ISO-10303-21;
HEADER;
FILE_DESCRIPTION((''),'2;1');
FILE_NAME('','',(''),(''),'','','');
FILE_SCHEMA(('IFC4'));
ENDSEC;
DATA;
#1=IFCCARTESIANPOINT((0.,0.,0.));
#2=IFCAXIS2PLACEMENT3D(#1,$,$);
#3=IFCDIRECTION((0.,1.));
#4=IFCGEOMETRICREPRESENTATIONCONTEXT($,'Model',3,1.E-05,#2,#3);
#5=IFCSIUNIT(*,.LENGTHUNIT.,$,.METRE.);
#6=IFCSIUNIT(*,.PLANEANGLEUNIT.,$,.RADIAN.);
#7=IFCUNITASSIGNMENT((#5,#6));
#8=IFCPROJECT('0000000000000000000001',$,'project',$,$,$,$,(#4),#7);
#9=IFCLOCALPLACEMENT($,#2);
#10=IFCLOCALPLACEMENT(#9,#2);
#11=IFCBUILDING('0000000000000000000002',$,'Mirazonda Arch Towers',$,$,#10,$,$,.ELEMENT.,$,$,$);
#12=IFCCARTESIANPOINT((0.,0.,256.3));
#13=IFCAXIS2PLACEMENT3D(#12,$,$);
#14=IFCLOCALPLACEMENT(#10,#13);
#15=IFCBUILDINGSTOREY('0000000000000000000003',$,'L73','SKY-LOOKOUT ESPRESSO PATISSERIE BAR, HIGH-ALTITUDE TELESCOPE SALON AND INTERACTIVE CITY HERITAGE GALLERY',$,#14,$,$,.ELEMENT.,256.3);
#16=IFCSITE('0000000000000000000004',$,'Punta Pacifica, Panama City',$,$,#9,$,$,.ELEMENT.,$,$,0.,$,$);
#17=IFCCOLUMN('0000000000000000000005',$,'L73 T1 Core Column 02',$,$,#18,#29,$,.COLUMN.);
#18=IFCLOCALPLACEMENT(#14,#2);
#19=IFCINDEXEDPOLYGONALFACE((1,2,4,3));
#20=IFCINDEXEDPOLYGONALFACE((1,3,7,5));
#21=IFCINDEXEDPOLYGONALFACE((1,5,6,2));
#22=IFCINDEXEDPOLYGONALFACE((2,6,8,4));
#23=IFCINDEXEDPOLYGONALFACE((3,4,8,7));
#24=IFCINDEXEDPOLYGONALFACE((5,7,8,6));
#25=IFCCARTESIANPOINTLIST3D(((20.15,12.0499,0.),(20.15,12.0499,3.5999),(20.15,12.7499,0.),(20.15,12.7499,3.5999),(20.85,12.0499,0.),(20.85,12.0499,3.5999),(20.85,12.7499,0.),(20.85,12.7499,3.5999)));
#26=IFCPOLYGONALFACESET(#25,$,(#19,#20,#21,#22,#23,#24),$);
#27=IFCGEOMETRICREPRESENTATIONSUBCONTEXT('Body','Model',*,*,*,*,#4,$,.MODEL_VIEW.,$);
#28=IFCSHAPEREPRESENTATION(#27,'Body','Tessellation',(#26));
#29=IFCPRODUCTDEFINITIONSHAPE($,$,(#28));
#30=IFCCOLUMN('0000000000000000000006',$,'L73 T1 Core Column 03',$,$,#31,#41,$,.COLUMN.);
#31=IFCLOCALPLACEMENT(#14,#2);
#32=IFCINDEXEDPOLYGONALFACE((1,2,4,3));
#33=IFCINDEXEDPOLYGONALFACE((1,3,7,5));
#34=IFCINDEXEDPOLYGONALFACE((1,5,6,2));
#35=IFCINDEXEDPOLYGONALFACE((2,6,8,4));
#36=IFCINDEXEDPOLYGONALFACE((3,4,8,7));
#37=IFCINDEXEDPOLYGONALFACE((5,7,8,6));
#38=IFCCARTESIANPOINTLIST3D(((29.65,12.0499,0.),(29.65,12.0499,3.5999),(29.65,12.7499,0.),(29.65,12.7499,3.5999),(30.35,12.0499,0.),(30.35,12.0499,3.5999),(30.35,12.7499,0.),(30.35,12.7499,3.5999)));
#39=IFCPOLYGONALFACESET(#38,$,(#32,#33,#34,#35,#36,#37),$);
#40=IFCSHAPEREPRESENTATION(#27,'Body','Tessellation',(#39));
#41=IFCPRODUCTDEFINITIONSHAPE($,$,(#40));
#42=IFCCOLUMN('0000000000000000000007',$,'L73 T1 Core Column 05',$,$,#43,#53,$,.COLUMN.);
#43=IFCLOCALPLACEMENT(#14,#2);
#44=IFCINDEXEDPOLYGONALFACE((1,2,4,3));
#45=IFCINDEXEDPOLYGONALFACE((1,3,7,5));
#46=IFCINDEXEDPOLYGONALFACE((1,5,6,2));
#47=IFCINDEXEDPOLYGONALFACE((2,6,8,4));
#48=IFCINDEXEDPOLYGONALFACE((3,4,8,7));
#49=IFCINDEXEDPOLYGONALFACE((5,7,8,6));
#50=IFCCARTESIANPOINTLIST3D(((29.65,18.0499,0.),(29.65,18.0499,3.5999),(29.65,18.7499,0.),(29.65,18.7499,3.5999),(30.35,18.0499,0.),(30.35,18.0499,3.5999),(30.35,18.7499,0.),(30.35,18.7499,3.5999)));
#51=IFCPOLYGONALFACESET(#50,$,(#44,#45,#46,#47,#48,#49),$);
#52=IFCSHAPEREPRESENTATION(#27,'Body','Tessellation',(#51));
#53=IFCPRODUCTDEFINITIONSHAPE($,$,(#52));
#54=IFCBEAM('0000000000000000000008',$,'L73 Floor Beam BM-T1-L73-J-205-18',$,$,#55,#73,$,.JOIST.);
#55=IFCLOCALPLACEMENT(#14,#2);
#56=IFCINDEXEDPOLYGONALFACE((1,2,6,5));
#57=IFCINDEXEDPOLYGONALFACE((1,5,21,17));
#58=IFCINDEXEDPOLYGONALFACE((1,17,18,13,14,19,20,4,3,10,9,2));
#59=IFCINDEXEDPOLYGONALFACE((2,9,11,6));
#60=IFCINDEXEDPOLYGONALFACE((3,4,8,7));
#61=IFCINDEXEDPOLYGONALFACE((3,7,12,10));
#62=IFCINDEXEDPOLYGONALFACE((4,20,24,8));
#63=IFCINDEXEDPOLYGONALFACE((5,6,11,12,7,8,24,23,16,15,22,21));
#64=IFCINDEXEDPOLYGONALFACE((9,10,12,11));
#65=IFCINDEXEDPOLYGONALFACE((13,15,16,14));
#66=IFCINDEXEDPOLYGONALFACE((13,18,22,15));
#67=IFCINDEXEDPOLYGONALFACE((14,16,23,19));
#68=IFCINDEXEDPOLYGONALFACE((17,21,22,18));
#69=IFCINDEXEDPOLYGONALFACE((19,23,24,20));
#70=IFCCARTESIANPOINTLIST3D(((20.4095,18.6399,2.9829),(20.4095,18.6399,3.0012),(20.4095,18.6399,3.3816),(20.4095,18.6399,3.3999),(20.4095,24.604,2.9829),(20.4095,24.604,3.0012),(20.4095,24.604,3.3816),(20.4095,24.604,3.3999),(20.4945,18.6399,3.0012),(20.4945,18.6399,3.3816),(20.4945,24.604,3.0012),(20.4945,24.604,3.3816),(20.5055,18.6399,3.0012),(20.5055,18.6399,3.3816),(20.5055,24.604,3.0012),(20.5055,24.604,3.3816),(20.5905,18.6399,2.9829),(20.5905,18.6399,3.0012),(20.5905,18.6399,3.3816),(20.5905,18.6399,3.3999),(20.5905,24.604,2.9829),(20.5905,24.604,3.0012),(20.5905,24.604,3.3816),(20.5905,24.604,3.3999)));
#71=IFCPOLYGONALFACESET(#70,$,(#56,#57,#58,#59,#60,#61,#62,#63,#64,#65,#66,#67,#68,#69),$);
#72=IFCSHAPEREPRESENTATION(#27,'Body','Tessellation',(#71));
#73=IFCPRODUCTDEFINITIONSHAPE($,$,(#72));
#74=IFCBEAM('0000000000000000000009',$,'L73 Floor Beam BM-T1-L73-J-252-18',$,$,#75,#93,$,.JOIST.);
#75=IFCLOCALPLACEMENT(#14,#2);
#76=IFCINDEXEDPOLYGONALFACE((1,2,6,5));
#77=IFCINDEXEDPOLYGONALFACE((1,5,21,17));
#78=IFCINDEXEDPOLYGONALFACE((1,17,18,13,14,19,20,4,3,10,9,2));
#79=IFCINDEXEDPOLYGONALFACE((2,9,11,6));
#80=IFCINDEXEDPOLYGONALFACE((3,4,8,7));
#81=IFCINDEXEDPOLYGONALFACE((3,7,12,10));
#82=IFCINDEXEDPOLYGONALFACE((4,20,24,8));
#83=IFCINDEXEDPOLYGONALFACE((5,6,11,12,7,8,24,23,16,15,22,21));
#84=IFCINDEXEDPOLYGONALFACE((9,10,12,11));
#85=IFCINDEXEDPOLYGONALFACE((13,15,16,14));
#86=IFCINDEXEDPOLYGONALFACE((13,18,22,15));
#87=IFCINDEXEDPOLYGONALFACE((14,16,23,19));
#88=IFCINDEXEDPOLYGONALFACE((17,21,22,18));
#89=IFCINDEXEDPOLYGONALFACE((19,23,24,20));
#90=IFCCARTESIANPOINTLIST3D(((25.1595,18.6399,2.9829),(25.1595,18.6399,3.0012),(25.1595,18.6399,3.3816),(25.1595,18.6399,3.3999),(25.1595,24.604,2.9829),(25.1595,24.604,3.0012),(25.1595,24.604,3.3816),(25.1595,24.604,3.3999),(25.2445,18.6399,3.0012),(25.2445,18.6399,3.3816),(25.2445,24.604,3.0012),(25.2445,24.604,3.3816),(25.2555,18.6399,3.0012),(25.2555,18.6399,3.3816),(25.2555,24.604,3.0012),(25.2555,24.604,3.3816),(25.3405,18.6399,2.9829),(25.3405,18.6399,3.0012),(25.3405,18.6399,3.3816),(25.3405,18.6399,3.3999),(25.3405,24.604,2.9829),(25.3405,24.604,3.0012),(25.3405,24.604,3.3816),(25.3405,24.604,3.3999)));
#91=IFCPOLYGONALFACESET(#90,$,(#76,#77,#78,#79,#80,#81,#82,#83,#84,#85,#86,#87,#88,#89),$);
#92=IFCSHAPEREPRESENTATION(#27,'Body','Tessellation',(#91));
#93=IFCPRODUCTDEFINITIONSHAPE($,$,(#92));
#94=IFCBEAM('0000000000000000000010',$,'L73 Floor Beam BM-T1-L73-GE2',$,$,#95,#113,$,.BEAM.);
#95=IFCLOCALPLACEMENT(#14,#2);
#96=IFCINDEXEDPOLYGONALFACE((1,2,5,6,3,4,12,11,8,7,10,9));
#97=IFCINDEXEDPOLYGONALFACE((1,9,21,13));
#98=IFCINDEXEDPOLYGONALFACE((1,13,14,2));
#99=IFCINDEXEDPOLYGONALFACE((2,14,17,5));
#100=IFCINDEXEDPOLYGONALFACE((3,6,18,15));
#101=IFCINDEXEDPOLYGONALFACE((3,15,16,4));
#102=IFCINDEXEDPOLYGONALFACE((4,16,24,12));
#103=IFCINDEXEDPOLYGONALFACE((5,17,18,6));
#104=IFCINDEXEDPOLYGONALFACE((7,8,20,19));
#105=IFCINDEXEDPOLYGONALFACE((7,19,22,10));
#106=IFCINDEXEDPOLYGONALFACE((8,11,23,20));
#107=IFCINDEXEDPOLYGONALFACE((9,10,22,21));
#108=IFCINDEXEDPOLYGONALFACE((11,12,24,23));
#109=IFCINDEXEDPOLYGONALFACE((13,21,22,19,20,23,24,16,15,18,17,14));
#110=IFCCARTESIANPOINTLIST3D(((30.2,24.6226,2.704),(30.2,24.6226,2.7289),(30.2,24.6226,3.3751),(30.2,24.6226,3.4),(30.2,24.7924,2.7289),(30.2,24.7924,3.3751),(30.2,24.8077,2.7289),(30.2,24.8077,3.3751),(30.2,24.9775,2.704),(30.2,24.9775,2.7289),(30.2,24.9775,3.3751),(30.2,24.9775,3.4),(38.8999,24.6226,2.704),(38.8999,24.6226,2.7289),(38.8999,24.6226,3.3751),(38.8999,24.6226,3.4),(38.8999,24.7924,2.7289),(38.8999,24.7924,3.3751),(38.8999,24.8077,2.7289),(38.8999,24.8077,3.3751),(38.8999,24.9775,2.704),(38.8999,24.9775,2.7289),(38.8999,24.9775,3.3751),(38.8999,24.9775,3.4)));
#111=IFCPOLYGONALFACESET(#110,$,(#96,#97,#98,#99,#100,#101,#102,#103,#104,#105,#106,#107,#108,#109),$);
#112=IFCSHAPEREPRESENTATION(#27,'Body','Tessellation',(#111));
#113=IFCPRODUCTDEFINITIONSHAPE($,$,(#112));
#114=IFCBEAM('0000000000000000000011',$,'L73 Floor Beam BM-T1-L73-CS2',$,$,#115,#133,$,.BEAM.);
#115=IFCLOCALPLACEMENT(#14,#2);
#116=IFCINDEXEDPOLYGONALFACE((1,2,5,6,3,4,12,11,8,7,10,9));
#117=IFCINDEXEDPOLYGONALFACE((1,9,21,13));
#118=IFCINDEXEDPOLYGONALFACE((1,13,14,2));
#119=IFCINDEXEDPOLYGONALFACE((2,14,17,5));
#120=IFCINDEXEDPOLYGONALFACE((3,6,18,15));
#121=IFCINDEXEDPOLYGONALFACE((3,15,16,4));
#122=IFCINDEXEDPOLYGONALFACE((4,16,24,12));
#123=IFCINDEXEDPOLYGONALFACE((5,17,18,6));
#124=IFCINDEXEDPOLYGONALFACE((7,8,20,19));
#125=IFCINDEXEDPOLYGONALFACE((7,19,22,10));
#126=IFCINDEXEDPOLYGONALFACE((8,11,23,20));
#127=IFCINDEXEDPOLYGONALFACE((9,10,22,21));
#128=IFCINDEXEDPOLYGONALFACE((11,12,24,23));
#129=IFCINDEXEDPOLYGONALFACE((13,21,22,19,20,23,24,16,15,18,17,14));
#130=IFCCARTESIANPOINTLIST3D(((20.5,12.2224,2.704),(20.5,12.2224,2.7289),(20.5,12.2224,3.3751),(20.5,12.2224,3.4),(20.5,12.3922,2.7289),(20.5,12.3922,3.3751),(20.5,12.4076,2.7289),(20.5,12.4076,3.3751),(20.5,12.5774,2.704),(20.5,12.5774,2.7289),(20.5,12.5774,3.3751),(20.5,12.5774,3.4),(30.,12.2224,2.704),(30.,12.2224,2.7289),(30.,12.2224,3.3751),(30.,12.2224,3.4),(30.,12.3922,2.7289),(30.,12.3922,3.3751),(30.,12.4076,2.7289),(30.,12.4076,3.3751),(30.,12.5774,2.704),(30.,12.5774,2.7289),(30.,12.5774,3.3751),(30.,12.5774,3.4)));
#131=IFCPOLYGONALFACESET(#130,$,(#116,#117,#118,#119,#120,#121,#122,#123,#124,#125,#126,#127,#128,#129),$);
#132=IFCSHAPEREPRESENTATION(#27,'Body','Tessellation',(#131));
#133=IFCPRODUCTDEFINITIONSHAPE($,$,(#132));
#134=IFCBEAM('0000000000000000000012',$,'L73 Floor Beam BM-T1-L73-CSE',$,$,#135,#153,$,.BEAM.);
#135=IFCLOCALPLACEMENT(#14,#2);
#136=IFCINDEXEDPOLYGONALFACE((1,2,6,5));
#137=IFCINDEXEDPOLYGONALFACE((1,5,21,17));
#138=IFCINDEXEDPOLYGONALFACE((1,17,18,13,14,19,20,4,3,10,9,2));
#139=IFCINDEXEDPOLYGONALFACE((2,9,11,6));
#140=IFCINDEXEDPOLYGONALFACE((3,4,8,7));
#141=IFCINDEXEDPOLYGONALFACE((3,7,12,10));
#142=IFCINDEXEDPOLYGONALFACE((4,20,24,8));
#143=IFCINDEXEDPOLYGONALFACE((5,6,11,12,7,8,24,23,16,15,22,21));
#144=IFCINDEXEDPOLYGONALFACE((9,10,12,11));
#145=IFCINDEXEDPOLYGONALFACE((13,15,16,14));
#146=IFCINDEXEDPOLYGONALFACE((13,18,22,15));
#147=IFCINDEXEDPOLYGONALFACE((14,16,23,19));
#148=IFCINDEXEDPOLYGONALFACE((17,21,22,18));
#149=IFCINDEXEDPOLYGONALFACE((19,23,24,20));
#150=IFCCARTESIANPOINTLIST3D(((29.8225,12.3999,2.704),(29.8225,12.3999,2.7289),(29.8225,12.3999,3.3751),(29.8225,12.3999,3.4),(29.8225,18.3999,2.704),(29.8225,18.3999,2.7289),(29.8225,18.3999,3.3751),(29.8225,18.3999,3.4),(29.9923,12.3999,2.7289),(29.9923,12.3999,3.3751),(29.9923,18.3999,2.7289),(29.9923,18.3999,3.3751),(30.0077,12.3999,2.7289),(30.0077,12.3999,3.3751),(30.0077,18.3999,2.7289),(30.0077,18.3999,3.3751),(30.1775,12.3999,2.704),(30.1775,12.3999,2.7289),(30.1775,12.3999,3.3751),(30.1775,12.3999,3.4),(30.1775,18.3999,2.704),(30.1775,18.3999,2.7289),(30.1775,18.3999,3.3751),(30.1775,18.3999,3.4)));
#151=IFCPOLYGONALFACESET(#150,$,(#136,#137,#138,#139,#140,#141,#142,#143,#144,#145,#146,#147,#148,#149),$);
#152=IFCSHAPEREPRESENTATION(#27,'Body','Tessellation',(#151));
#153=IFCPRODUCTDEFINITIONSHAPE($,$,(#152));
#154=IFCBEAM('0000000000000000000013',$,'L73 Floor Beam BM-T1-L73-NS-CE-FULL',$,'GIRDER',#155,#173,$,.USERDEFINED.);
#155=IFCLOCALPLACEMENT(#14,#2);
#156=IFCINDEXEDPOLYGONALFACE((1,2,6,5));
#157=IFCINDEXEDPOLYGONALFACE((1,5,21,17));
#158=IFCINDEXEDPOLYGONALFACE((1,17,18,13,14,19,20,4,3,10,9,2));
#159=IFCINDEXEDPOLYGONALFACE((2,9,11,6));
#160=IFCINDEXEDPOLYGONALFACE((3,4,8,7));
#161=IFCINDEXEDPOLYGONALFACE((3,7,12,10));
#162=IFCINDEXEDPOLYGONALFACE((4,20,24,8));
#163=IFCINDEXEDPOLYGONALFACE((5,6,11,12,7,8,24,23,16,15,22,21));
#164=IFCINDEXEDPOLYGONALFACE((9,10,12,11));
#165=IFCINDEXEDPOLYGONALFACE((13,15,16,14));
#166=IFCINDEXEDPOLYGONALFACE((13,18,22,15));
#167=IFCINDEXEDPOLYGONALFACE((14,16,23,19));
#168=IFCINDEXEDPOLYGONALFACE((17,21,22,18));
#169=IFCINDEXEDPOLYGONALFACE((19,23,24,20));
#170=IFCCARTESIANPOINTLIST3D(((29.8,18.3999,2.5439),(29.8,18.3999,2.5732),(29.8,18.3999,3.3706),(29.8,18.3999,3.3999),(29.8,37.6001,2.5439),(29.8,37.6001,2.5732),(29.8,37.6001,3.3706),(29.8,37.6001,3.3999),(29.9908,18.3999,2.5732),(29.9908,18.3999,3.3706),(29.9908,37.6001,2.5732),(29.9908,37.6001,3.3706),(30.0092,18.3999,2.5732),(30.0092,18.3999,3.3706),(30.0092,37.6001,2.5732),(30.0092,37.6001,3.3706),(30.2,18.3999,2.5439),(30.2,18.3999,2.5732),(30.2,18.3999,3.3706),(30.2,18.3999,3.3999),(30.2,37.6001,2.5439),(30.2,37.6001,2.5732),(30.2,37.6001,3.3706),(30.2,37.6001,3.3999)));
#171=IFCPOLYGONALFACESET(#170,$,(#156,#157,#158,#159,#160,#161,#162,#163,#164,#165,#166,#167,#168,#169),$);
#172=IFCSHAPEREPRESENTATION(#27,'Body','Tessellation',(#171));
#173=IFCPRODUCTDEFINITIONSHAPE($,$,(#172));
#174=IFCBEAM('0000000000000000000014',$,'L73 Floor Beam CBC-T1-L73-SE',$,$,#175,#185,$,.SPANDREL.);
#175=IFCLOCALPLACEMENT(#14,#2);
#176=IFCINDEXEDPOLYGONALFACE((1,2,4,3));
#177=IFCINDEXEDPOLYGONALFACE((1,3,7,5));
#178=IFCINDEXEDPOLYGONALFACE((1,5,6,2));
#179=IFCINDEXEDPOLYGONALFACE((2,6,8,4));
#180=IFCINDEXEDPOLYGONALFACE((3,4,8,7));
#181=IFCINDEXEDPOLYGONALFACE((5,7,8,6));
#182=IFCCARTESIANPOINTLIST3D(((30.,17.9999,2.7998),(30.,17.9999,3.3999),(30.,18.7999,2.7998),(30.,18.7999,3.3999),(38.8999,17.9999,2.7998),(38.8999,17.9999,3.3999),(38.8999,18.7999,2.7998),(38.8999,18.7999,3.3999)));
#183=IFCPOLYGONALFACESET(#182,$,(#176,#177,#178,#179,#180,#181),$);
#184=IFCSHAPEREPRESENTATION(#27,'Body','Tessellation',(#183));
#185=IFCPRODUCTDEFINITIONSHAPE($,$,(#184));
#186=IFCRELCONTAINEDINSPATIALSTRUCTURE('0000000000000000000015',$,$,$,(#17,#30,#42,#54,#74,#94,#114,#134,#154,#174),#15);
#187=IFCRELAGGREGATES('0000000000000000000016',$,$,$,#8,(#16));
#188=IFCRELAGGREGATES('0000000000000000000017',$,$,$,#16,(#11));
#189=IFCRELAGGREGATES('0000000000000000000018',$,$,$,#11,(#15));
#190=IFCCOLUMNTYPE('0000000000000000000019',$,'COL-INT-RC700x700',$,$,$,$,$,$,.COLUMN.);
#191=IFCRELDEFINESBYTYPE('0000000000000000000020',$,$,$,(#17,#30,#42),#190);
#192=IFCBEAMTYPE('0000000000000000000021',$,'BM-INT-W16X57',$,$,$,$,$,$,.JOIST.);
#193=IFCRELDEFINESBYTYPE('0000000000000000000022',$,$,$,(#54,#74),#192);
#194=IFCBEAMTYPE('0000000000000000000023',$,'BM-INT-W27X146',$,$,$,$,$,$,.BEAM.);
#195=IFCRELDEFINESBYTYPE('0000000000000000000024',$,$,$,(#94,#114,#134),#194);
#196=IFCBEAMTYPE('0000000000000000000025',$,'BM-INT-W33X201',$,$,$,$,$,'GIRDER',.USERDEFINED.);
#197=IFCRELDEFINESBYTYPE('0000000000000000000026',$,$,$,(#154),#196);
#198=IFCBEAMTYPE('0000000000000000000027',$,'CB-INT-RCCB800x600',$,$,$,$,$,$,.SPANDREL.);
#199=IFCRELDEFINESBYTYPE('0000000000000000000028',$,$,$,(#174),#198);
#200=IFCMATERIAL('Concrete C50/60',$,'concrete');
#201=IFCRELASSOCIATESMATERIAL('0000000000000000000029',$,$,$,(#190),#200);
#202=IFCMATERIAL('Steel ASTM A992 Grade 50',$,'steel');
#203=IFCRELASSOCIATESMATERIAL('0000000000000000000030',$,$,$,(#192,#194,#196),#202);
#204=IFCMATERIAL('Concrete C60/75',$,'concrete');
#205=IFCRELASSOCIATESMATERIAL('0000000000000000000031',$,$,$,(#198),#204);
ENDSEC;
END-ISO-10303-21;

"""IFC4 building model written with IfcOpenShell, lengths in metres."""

from ifc_helpers import new_model, si_unit, direction, frame, origin, origin_2d, place, context, subcontext, project, spatial, rectangle, i_section, extrude, material, material_profile, profile_set, type_object, element, save


model = new_model("IFC4")

# Units and contexts
model_context = context("Model", 3, precision=1e-05, world=origin(), true_north=direction((0.0, 1.0)))
body_context = subcontext(model_context, "Body", "Model", "MODEL_VIEW")
ifc_project = project(units=[si_unit("LENGTHUNIT", "METRE"), si_unit("PLANEANGLEUNIT", "RADIAN")], contexts=[model_context])

# Site, building, storey
site_placement = place(None, origin())
site = spatial("IfcSite", under=ifc_project, at=site_placement, Name="Punta Pacifica, Panama City", CompositionType="ELEMENT", RefElevation=0.0)
building_placement = place(site_placement, origin())
building = spatial("IfcBuilding", under=site, at=building_placement, Name="Mirazonda Arch Towers", CompositionType="ELEMENT")
storey_placement = place(building_placement, frame((0.0, 0.0, 256.3)))
storey = spatial("IfcBuildingStorey", under=building, at=storey_placement, Name="L73", Description="SKY-LOOKOUT ESPRESSO PATISSERIE BAR, HIGH-ALTITUDE TELESCOPE SALON AND INTERACTIVE CITY HERITAGE GALLERY", CompositionType="ELEMENT", Elevation=256.3)

# Columns
ifc_material_1 = material(Name="Concrete C50/60", Category="concrete")
ifc_material_profile_1 = material_profile(ifc_material_1, rectangle(XDim=0.7, YDim=0.7, at=origin_2d()), Name="RC700x700")
ifc_profile_set_1 = profile_set([ifc_material_profile_1], Name="Concrete C50/60")
column_type = type_object("IfcColumnType", Name="COL-INT-RC700x700", PredefinedType="COLUMN", material=ifc_profile_set_1)
for number, where, z_axis, x_axis, name in (
    (1, (20.5, 12.3999, 0.0), (0.0, 0.0, 1.0), (1.0, 0.0, 0.0), "L73 T1 Core Column 02"),
    (2, (30.0, 12.3999, 0.0), (0.0, 0.0, 1.0), (1.0, 0.0, 0.0), "L73 T1 Core Column 03"),
    (3, (30.0, 18.3999, 0.0), (0.0, 0.0, 1.0), (1.0, 0.0, 0.0), "L73 T1 Core Column 05"),
):
    element("IfcColumn", number, at=place(storey_placement, frame(where, z_axis=z_axis, x_axis=x_axis)), inside=storey, type_object=column_type, Name=name, PredefinedType="COLUMN", context=body_context, shape_type="SweptSolid", body=[
        extrude(rectangle(XDim=0.7, YDim=0.7, at=origin_2d()), origin(), (0.0, 0.0, 1.0), 3.5999),
    ])

# Beams
ifc_material_2 = material(Name="Steel ASTM A992 Grade 50", Category="steel")
ifc_material_profile_2 = material_profile(ifc_material_2, i_section(OverallWidth=0.1809, OverallDepth=0.417, WebThickness=0.011, FlangeThickness=0.0183, at=origin_2d()), Name="W16X57")
ifc_profile_set_2 = profile_set([ifc_material_profile_2], Name="Steel ASTM A992 Grade 50")
beam_type_1 = type_object("IfcBeamType", Name="BM-INT-W16X57", PredefinedType="JOIST", material=ifc_profile_set_2)
for number, where, z_axis, x_axis, name in (
    (4, (20.5, 18.6399, 3.1914), (0.0, 1.0, 0.0), (-1.0, 0.0, 0.0), "L73 Floor Beam BM-T1-L73-J-205-18"),
    (5, (25.25, 18.6399, 3.1914), (0.0, 1.0, 0.0), (-1.0, 0.0, 0.0), "L73 Floor Beam BM-T1-L73-J-252-18"),
):
    element("IfcBeam", number, at=place(storey_placement, frame(where, z_axis=z_axis, x_axis=x_axis)), inside=storey, type_object=beam_type_1, Name=name, PredefinedType="JOIST", context=body_context, shape_type="SweptSolid", body=[
        extrude(i_section(OverallWidth=0.1809, OverallDepth=0.417, WebThickness=0.011, FlangeThickness=0.0183, at=origin_2d()), origin(), (0.0, 0.0, 1.0), 5.9641),
    ])
ifc_material_profile_3 = material_profile(ifc_material_2, i_section(OverallWidth=0.355, OverallDepth=0.696, WebThickness=0.0154, FlangeThickness=0.0249, at=origin_2d()), Name="W27X146")
ifc_profile_set_3 = profile_set([ifc_material_profile_3], Name="Steel ASTM A992 Grade 50")
beam_type_2 = type_object("IfcBeamType", Name="BM-INT-W27X146", PredefinedType="BEAM", material=ifc_profile_set_3)
beam_1_placement = place(storey_placement, frame((30.2, 24.8, 3.052), z_axis=(1.0, 0.0, 0.0), x_axis=(0.0, 1.0, 0.0)))
element("IfcBeam", 6, at=beam_1_placement, inside=storey, type_object=beam_type_2, Name="L73 Floor Beam BM-T1-L73-GE2", PredefinedType="BEAM", context=body_context, shape_type="SweptSolid", body=[
    extrude(i_section(OverallWidth=0.355, OverallDepth=0.696, WebThickness=0.0154, FlangeThickness=0.0249, at=origin_2d()), origin(), (0.0, 0.0, 1.0), 8.7),
])
beam_2_placement = place(storey_placement, frame((20.5, 12.3999, 3.052), z_axis=(1.0, 0.0, 0.0), x_axis=(0.0, 1.0, 0.0)))
element("IfcBeam", 7, at=beam_2_placement, inside=storey, type_object=beam_type_2, Name="L73 Floor Beam BM-T1-L73-CS2", PredefinedType="BEAM", context=body_context, shape_type="SweptSolid", body=[
    extrude(i_section(OverallWidth=0.355, OverallDepth=0.696, WebThickness=0.0154, FlangeThickness=0.0249, at=origin_2d()), origin(), (0.0, 0.0, 1.0), 9.5),
])
beam_3_placement = place(storey_placement, frame((30.0, 12.3999, 3.052), z_axis=(0.0, 1.0, 0.0), x_axis=(-1.0, 0.0, 0.0)))
element("IfcBeam", 8, at=beam_3_placement, inside=storey, type_object=beam_type_2, Name="L73 Floor Beam BM-T1-L73-CSE", PredefinedType="BEAM", context=body_context, shape_type="SweptSolid", body=[
    extrude(i_section(OverallWidth=0.355, OverallDepth=0.696, WebThickness=0.0154, FlangeThickness=0.0249, at=origin_2d()), origin(), (0.0, 0.0, 1.0), 6.0),
])
ifc_material_profile_4 = material_profile(ifc_material_2, i_section(OverallWidth=0.3999, OverallDepth=0.856, WebThickness=0.0183, FlangeThickness=0.0293, at=origin_2d()), Name="W33X201")
ifc_profile_set_4 = profile_set([ifc_material_profile_4], Name="Steel ASTM A992 Grade 50")
beam_type_3 = type_object("IfcBeamType", Name="BM-INT-W33X201", ElementType="GIRDER", PredefinedType="USERDEFINED", material=ifc_profile_set_4)
beam_4_placement = place(storey_placement, frame((30.0, 18.3999, 2.9719), z_axis=(0.0, 1.0, 0.0), x_axis=(-1.0, 0.0, 0.0)))
element("IfcBeam", 9, at=beam_4_placement, inside=storey, type_object=beam_type_3, Name="L73 Floor Beam BM-T1-L73-NS-CE-FULL", ObjectType="GIRDER", PredefinedType="USERDEFINED", context=body_context, shape_type="SweptSolid", body=[
    extrude(i_section(OverallWidth=0.3999, OverallDepth=0.856, WebThickness=0.0183, FlangeThickness=0.0293, at=origin_2d()), origin(), (0.0, 0.0, 1.0), 19.2002),
])
ifc_material_3 = material(Name="Concrete C60/75", Category="concrete")
ifc_material_profile_5 = material_profile(ifc_material_3, rectangle(XDim=0.8, YDim=0.6001, at=origin_2d()), Name="RCCB800x600")
ifc_profile_set_5 = profile_set([ifc_material_profile_5], Name="Concrete C60/75")
beam_type_4 = type_object("IfcBeamType", Name="CB-INT-RCCB800x600", PredefinedType="SPANDREL", material=ifc_profile_set_5)
beam_5_placement = place(storey_placement, frame((30.0, 18.3999, 3.0999), z_axis=(1.0, 0.0, 0.0), x_axis=(0.0, 1.0, 0.0)))
element("IfcBeam", 10, at=beam_5_placement, inside=storey, type_object=beam_type_4, Name="L73 Floor Beam CBC-T1-L73-SE", PredefinedType="SPANDREL", context=body_context, shape_type="SweptSolid", body=[
    extrude(rectangle(XDim=0.8, YDim=0.6001, at=origin_2d()), origin(), (0.0, 0.0, 1.0), 8.8999),
])

save(model, "model.ifc")
